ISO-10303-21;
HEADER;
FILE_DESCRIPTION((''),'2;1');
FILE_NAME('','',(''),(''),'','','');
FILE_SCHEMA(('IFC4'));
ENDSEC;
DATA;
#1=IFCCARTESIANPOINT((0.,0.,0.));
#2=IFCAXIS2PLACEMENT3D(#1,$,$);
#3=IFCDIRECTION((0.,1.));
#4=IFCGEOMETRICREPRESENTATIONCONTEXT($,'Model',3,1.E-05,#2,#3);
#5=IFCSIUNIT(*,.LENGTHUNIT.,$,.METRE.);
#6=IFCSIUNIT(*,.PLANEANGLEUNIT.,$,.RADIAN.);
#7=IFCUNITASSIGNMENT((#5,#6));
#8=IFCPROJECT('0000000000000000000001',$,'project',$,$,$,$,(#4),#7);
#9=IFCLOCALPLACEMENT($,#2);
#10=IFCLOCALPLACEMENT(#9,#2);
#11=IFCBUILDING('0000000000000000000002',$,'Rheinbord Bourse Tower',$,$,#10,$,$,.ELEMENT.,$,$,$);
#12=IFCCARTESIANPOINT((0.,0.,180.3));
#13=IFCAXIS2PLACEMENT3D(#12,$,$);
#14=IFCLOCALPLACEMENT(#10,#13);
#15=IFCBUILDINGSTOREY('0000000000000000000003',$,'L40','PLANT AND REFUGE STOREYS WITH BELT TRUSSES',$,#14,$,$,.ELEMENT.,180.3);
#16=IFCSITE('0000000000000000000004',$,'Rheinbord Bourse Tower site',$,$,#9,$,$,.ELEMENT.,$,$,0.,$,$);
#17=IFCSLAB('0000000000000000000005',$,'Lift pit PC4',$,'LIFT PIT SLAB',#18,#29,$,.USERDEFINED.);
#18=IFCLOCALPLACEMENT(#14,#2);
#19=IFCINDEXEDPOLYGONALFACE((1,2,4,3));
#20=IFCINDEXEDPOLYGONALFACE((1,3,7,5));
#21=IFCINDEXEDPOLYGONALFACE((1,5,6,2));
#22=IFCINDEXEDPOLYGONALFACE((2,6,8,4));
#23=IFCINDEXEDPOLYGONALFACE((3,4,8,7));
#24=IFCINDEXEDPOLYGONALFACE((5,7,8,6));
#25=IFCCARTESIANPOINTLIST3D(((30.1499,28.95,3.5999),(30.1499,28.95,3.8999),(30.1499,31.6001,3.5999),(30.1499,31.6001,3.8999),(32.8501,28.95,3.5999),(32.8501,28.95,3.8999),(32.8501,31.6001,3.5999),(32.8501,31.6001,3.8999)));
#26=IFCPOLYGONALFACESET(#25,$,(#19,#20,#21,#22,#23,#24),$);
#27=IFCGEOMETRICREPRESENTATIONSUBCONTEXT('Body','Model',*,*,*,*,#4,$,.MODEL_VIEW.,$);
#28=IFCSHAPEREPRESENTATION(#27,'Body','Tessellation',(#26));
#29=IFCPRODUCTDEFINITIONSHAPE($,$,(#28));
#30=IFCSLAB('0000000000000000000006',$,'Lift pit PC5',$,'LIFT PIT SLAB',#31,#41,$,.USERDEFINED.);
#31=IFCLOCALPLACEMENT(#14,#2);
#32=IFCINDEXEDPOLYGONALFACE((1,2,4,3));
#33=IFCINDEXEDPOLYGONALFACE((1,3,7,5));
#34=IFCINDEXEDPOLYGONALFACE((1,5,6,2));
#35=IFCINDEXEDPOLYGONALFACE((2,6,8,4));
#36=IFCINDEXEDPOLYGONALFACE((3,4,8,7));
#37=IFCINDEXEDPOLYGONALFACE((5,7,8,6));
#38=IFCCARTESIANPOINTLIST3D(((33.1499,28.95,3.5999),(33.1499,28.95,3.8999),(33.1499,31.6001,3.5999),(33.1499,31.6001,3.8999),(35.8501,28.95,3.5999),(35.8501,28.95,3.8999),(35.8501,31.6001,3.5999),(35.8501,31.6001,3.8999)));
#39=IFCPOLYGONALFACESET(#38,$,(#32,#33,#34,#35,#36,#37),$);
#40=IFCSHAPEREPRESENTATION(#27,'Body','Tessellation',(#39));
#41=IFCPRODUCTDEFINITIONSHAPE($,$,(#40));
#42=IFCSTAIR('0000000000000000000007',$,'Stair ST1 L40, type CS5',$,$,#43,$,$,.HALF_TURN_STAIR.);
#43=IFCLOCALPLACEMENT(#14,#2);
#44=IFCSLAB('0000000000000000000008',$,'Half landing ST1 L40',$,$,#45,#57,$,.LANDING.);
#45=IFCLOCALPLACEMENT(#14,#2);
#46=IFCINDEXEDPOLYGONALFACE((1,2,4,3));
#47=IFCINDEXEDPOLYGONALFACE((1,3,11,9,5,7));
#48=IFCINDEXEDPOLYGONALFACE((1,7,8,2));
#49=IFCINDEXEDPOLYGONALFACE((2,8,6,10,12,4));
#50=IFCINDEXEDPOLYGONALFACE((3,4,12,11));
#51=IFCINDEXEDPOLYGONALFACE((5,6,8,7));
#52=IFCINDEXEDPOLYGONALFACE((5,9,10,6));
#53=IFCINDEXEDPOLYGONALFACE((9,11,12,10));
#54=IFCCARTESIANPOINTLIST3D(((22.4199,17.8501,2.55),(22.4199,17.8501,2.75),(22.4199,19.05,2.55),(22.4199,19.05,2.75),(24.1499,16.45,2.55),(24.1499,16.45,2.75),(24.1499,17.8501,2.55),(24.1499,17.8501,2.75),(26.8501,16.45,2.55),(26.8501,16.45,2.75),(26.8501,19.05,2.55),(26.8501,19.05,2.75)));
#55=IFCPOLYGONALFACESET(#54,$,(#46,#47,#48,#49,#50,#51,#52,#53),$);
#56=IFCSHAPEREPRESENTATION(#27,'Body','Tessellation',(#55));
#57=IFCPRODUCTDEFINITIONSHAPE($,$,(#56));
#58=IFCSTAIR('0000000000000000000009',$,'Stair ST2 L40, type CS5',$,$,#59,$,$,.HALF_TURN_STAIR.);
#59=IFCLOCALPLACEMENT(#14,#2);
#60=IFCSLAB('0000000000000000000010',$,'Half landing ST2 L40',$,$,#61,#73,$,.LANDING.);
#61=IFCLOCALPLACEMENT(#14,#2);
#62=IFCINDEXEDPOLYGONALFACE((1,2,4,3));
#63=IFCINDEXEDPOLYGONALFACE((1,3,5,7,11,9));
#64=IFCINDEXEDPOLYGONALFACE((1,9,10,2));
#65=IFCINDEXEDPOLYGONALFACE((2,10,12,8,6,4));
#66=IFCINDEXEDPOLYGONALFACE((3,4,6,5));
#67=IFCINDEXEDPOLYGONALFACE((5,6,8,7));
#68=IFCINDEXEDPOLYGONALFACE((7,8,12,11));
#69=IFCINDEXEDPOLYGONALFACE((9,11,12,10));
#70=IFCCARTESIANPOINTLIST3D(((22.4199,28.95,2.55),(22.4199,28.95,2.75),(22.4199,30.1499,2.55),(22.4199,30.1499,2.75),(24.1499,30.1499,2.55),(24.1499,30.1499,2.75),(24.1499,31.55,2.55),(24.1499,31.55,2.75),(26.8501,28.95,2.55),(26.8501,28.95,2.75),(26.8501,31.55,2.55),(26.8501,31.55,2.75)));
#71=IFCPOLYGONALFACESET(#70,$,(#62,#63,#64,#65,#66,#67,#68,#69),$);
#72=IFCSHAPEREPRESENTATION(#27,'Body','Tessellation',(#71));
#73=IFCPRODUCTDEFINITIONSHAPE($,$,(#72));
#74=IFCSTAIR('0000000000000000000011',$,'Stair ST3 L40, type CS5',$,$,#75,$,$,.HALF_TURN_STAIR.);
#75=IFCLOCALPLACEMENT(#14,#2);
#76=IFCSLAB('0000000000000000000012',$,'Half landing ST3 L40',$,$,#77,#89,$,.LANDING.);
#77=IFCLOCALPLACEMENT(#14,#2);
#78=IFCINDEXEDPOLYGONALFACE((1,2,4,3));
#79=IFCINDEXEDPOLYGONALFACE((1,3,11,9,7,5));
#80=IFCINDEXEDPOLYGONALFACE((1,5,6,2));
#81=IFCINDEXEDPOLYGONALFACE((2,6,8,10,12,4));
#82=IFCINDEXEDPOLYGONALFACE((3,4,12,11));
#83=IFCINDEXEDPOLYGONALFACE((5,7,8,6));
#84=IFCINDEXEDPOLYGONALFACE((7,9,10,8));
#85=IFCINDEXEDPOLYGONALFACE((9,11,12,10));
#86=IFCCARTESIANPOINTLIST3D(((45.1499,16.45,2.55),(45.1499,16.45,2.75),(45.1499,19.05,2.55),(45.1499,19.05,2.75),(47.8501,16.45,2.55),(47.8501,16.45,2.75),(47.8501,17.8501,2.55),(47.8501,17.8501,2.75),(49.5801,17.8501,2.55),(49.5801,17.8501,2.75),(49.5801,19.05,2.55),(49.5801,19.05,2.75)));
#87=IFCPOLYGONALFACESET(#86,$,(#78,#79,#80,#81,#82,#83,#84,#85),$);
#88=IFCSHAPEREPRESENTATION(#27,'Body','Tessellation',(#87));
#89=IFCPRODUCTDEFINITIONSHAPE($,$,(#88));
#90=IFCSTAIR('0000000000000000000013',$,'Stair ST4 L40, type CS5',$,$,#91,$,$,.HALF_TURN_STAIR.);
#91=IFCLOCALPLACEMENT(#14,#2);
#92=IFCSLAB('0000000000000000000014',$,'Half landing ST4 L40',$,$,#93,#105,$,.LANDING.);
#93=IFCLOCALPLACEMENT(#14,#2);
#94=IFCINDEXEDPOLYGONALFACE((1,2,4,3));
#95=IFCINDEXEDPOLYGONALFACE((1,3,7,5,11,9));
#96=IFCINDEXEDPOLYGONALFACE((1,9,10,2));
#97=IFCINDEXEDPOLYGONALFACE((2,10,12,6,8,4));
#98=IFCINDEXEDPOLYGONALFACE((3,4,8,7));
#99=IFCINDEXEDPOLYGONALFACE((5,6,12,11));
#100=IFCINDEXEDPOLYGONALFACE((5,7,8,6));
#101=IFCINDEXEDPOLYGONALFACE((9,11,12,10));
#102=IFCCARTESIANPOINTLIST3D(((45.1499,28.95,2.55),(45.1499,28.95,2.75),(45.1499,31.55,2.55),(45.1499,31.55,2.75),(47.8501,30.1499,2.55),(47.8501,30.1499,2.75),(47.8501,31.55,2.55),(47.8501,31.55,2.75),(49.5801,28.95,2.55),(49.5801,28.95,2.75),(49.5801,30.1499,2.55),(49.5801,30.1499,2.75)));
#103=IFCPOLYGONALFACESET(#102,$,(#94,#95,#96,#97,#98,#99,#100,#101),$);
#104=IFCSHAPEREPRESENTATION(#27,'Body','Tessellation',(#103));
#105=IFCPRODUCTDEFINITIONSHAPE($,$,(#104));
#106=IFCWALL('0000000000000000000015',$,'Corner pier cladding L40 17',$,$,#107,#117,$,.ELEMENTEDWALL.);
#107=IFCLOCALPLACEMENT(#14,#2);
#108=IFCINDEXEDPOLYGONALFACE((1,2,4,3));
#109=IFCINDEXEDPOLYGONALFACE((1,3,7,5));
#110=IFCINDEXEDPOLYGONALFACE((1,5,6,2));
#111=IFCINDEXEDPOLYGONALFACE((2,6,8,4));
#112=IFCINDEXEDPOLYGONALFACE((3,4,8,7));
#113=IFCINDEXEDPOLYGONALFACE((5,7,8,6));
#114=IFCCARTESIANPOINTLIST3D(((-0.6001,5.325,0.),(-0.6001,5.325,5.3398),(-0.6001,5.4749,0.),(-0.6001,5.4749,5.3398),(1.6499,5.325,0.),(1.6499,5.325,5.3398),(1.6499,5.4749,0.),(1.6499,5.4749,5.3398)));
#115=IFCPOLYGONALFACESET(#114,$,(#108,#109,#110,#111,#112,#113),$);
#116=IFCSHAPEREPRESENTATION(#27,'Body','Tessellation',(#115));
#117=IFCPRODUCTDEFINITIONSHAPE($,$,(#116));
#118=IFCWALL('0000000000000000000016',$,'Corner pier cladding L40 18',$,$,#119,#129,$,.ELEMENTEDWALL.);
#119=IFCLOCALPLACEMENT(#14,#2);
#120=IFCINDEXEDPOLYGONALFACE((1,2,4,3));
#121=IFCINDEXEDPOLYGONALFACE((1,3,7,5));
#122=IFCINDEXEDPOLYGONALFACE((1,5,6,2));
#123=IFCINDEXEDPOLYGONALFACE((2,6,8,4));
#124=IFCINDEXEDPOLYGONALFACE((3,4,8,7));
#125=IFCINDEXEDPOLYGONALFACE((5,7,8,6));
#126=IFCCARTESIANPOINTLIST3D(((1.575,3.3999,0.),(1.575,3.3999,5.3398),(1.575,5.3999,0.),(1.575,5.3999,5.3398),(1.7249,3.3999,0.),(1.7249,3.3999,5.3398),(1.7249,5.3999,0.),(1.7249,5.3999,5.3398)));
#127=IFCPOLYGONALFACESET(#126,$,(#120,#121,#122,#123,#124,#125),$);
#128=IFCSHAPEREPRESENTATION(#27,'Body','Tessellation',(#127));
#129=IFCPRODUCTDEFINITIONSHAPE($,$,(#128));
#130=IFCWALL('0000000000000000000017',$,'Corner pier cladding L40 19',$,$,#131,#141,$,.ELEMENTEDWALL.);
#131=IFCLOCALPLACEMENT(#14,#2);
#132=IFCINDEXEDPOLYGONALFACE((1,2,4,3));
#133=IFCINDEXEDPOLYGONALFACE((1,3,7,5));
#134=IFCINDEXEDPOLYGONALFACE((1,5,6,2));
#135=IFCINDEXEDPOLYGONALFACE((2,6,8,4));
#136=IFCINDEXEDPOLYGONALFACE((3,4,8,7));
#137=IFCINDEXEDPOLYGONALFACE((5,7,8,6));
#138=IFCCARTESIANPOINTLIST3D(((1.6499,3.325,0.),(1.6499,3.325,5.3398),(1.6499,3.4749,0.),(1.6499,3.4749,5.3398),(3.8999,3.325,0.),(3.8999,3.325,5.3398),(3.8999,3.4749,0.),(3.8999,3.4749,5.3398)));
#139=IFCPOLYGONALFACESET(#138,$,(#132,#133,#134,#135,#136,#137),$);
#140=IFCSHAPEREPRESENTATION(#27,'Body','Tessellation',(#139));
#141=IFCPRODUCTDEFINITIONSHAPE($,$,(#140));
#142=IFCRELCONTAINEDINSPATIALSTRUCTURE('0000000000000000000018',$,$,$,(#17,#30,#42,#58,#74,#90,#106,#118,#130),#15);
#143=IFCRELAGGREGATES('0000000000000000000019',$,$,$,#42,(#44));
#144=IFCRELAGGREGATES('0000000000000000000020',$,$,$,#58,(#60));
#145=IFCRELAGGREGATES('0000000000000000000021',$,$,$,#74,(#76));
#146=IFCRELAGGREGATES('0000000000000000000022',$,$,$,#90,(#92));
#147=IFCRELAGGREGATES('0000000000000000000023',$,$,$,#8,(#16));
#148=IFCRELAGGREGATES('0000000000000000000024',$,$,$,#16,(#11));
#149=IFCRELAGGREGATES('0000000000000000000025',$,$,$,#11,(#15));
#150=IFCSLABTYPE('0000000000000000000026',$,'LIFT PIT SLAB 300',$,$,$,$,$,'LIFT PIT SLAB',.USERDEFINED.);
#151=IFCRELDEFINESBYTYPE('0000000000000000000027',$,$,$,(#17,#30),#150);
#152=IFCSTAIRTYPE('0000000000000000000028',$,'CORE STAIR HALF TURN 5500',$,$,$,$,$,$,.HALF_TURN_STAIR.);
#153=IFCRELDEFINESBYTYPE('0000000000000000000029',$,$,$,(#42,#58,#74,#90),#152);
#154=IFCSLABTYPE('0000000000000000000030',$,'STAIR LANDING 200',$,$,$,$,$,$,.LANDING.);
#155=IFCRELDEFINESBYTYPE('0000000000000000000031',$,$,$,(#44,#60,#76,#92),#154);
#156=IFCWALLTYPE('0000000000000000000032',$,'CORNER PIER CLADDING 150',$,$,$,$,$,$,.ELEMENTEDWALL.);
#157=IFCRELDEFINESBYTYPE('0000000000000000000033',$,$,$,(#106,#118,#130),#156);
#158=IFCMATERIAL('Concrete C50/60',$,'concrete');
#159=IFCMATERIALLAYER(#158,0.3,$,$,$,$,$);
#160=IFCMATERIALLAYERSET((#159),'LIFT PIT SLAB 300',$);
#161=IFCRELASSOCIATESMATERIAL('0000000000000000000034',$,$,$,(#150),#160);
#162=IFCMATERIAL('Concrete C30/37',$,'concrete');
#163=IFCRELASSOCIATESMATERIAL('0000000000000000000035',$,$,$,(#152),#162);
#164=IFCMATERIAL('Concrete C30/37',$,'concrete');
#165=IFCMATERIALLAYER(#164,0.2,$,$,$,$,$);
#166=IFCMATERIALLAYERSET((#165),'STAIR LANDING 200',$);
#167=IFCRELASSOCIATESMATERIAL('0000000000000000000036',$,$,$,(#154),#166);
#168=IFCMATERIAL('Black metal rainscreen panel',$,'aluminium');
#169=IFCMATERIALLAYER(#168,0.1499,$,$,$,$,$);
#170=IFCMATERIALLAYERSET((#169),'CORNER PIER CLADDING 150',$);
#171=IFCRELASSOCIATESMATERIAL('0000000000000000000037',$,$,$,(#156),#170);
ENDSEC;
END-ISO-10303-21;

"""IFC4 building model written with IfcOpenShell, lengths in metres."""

from ifc_helpers import new_model, si_unit, direction, frame, frame_2d, origin, place, context, subcontext, project, spatial, polyline, rectangle, outline, extrude, material, layer, layer_set, type_object, element, aggregate, save


model = new_model("IFC4")

# Units and contexts
model_context = context("Model", 3, precision=1e-05, world=origin(), true_north=direction((0.0, 1.0)))
body_context = subcontext(model_context, "Body", "Model", "MODEL_VIEW")
ifc_project = project(units=[si_unit("LENGTHUNIT", "METRE"), si_unit("PLANEANGLEUNIT", "RADIAN")], contexts=[model_context])

# Site, building, storey
site_placement = place(None, origin())
site = spatial("IfcSite", under=ifc_project, at=site_placement, Name="Rheinbord Bourse Tower site", CompositionType="ELEMENT", RefElevation=0.0)
building_placement = place(site_placement, origin())
building = spatial("IfcBuilding", under=site, at=building_placement, Name="Rheinbord Bourse Tower", CompositionType="ELEMENT")
storey_placement = place(building_placement, frame((0.0, 0.0, 180.3)))
storey = spatial("IfcBuildingStorey", under=building, at=storey_placement, Name="L40", Description="PLANT AND REFUGE STOREYS WITH BELT TRUSSES", CompositionType="ELEMENT", Elevation=180.3)

# Slabs
ifc_material_1 = material(Name="Concrete C50/60", Category="concrete")
ifc_layer_1 = layer(ifc_material_1, 0.3)
ifc_layer_set_1 = layer_set([ifc_layer_1], Name="LIFT PIT SLAB 300")
slab_type_1 = type_object("IfcSlabType", Name="LIFT PIT SLAB 300", ElementType="LIFT PIT SLAB", PredefinedType="USERDEFINED", material=ifc_layer_set_1)
slab_1_placement = place(storey_placement, frame((0.0, 0.0, 3.5999)))
element("IfcSlab", 1, at=slab_1_placement, inside=storey, type_object=slab_type_1, Name="Lift pit PC4", ObjectType="LIFT PIT SLAB", PredefinedType="USERDEFINED", context=body_context, shape_type="SweptSolid", body=[
    extrude(outline(polyline([(30.1499, 28.95), (32.8501, 28.95), (32.8501, 31.6001), (30.1499, 31.6001), (30.1499, 28.95)])), origin(), (0.0, 0.0, 1.0), 0.3),
])
slab_2_placement = place(storey_placement, frame((0.0, 0.0, 3.5999)))
element("IfcSlab", 2, at=slab_2_placement, inside=storey, type_object=slab_type_1, Name="Lift pit PC5", ObjectType="LIFT PIT SLAB", PredefinedType="USERDEFINED", context=body_context, shape_type="SweptSolid", body=[
    extrude(outline(polyline([(33.1499, 28.95), (35.8501, 28.95), (35.8501, 31.6001), (33.1499, 31.6001), (33.1499, 28.95)])), origin(), (0.0, 0.0, 1.0), 0.3),
])

# Stairs, slabs
ifc_material_2 = material(Name="Concrete C30/37", Category="concrete")
stair_type = type_object("IfcStairType", Name="CORE STAIR HALF TURN 5500", PredefinedType="HALF_TURN_STAIR", material=ifc_material_2)
stair_1_placement = place(storey_placement, origin())
stair_1 = element("IfcStair", 3, at=stair_1_placement, inside=storey, type_object=stair_type, Name="Stair ST1 L40, type CS5", PredefinedType="HALF_TURN_STAIR")
ifc_material_3 = material(Name="Concrete C30/37", Category="concrete")
ifc_layer_2 = layer(ifc_material_3, 0.2)
ifc_layer_set_2 = layer_set([ifc_layer_2], Name="STAIR LANDING 200")
slab_type_2 = type_object("IfcSlabType", Name="STAIR LANDING 200", PredefinedType="LANDING", material=ifc_layer_set_2)
slab_3_placement = place(storey_placement, frame((0.0, 0.0, 2.55)))
slab_3 = element("IfcSlab", 4, at=slab_3_placement, type_object=slab_type_2, Name="Half landing ST1 L40", PredefinedType="LANDING", context=body_context, shape_type="SweptSolid", body=[
    extrude(outline(polyline([(24.1499, 16.45), (26.8501, 16.45), (26.8501, 19.05), (22.4199, 19.05), (22.4199, 17.8501), (24.1499, 17.8501), (24.1499, 16.45)])), origin(), (0.0, 0.0, 1.0), 0.2),
])
aggregate(stair_1, [slab_3])
stair_2_placement = place(storey_placement, origin())
stair_2 = element("IfcStair", 5, at=stair_2_placement, inside=storey, type_object=stair_type, Name="Stair ST2 L40, type CS5", PredefinedType="HALF_TURN_STAIR")
slab_4_placement = place(storey_placement, frame((0.0, 0.0, 2.55)))
slab_4 = element("IfcSlab", 6, at=slab_4_placement, type_object=slab_type_2, Name="Half landing ST2 L40", PredefinedType="LANDING", context=body_context, shape_type="SweptSolid", body=[
    extrude(outline(polyline([(22.4199, 28.95), (26.8501, 28.95), (26.8501, 31.55), (24.1499, 31.55), (24.1499, 30.1499), (22.4199, 30.1499), (22.4199, 28.95)])), origin(), (0.0, 0.0, 1.0), 0.2),
])
aggregate(stair_2, [slab_4])
stair_3_placement = place(storey_placement, origin())
stair_3 = element("IfcStair", 7, at=stair_3_placement, inside=storey, type_object=stair_type, Name="Stair ST3 L40, type CS5", PredefinedType="HALF_TURN_STAIR")
slab_5_placement = place(storey_placement, frame((0.0, 0.0, 2.55)))
slab_5 = element("IfcSlab", 8, at=slab_5_placement, type_object=slab_type_2, Name="Half landing ST3 L40", PredefinedType="LANDING", context=body_context, shape_type="SweptSolid", body=[
    extrude(outline(polyline([(45.1499, 16.45), (47.8501, 16.45), (47.8501, 17.8501), (49.5801, 17.8501), (49.5801, 19.05), (45.1499, 19.05), (45.1499, 16.45)])), origin(), (0.0, 0.0, 1.0), 0.2),
])
aggregate(stair_3, [slab_5])
stair_4_placement = place(storey_placement, origin())
stair_4 = element("IfcStair", 9, at=stair_4_placement, inside=storey, type_object=stair_type, Name="Stair ST4 L40, type CS5", PredefinedType="HALF_TURN_STAIR")
slab_6_placement = place(storey_placement, frame((0.0, 0.0, 2.55)))
slab_6 = element("IfcSlab", 10, at=slab_6_placement, type_object=slab_type_2, Name="Half landing ST4 L40", PredefinedType="LANDING", context=body_context, shape_type="SweptSolid", body=[
    extrude(outline(polyline([(45.1499, 28.95), (49.5801, 28.95), (49.5801, 30.1499), (47.8501, 30.1499), (47.8501, 31.55), (45.1499, 31.55), (45.1499, 28.95)])), origin(), (0.0, 0.0, 1.0), 0.2),
])
aggregate(stair_4, [slab_6])

# Walls
ifc_material_4 = material(Name="Black metal rainscreen panel", Category="aluminium")
ifc_layer_3 = layer(ifc_material_4, 0.1499)
ifc_layer_set_3 = layer_set([ifc_layer_3], Name="CORNER PIER CLADDING 150")
wall_type = type_object("IfcWallType", Name="CORNER PIER CLADDING 150", PredefinedType="ELEMENTEDWALL", material=ifc_layer_set_3)
wall_1_placement = place(storey_placement, frame((-0.6001, 5.3999, 0.0), z_axis=(0.0, 0.0, 1.0), x_axis=(1.0, 0.0, 0.0)))
element("IfcWall", 11, at=wall_1_placement, inside=storey, type_object=wall_type, Name="Corner pier cladding L40 17", PredefinedType="ELEMENTEDWALL", context=body_context, shape_type="SweptSolid", body=[
    extrude(rectangle(XDim=2.25, YDim=0.1499, at=frame_2d((1.125, 0.0))), origin(), (0.0, 0.0, 1.0), 5.3398),
])
wall_2_placement = place(storey_placement, frame((1.6499, 5.3999, 0.0), z_axis=(0.0, 0.0, 1.0), x_axis=(0.0, -1.0, 0.0)))
element("IfcWall", 12, at=wall_2_placement, inside=storey, type_object=wall_type, Name="Corner pier cladding L40 18", PredefinedType="ELEMENTEDWALL", context=body_context, shape_type="SweptSolid", body=[
    extrude(rectangle(XDim=2.0, YDim=0.1499, at=frame_2d((1.0, 0.0))), origin(), (0.0, 0.0, 1.0), 5.3398),
])
wall_3_placement = place(storey_placement, frame((1.6499, 3.3999, 0.0), z_axis=(0.0, 0.0, 1.0), x_axis=(1.0, 0.0, 0.0)))
element("IfcWall", 13, at=wall_3_placement, inside=storey, type_object=wall_type, Name="Corner pier cladding L40 19", PredefinedType="ELEMENTEDWALL", context=body_context, shape_type="SweptSolid", body=[
    extrude(rectangle(XDim=2.25, YDim=0.1499, at=frame_2d((1.125, 0.0))), origin(), (0.0, 0.0, 1.0), 5.3398),
])

save(model, "model.ifc")
